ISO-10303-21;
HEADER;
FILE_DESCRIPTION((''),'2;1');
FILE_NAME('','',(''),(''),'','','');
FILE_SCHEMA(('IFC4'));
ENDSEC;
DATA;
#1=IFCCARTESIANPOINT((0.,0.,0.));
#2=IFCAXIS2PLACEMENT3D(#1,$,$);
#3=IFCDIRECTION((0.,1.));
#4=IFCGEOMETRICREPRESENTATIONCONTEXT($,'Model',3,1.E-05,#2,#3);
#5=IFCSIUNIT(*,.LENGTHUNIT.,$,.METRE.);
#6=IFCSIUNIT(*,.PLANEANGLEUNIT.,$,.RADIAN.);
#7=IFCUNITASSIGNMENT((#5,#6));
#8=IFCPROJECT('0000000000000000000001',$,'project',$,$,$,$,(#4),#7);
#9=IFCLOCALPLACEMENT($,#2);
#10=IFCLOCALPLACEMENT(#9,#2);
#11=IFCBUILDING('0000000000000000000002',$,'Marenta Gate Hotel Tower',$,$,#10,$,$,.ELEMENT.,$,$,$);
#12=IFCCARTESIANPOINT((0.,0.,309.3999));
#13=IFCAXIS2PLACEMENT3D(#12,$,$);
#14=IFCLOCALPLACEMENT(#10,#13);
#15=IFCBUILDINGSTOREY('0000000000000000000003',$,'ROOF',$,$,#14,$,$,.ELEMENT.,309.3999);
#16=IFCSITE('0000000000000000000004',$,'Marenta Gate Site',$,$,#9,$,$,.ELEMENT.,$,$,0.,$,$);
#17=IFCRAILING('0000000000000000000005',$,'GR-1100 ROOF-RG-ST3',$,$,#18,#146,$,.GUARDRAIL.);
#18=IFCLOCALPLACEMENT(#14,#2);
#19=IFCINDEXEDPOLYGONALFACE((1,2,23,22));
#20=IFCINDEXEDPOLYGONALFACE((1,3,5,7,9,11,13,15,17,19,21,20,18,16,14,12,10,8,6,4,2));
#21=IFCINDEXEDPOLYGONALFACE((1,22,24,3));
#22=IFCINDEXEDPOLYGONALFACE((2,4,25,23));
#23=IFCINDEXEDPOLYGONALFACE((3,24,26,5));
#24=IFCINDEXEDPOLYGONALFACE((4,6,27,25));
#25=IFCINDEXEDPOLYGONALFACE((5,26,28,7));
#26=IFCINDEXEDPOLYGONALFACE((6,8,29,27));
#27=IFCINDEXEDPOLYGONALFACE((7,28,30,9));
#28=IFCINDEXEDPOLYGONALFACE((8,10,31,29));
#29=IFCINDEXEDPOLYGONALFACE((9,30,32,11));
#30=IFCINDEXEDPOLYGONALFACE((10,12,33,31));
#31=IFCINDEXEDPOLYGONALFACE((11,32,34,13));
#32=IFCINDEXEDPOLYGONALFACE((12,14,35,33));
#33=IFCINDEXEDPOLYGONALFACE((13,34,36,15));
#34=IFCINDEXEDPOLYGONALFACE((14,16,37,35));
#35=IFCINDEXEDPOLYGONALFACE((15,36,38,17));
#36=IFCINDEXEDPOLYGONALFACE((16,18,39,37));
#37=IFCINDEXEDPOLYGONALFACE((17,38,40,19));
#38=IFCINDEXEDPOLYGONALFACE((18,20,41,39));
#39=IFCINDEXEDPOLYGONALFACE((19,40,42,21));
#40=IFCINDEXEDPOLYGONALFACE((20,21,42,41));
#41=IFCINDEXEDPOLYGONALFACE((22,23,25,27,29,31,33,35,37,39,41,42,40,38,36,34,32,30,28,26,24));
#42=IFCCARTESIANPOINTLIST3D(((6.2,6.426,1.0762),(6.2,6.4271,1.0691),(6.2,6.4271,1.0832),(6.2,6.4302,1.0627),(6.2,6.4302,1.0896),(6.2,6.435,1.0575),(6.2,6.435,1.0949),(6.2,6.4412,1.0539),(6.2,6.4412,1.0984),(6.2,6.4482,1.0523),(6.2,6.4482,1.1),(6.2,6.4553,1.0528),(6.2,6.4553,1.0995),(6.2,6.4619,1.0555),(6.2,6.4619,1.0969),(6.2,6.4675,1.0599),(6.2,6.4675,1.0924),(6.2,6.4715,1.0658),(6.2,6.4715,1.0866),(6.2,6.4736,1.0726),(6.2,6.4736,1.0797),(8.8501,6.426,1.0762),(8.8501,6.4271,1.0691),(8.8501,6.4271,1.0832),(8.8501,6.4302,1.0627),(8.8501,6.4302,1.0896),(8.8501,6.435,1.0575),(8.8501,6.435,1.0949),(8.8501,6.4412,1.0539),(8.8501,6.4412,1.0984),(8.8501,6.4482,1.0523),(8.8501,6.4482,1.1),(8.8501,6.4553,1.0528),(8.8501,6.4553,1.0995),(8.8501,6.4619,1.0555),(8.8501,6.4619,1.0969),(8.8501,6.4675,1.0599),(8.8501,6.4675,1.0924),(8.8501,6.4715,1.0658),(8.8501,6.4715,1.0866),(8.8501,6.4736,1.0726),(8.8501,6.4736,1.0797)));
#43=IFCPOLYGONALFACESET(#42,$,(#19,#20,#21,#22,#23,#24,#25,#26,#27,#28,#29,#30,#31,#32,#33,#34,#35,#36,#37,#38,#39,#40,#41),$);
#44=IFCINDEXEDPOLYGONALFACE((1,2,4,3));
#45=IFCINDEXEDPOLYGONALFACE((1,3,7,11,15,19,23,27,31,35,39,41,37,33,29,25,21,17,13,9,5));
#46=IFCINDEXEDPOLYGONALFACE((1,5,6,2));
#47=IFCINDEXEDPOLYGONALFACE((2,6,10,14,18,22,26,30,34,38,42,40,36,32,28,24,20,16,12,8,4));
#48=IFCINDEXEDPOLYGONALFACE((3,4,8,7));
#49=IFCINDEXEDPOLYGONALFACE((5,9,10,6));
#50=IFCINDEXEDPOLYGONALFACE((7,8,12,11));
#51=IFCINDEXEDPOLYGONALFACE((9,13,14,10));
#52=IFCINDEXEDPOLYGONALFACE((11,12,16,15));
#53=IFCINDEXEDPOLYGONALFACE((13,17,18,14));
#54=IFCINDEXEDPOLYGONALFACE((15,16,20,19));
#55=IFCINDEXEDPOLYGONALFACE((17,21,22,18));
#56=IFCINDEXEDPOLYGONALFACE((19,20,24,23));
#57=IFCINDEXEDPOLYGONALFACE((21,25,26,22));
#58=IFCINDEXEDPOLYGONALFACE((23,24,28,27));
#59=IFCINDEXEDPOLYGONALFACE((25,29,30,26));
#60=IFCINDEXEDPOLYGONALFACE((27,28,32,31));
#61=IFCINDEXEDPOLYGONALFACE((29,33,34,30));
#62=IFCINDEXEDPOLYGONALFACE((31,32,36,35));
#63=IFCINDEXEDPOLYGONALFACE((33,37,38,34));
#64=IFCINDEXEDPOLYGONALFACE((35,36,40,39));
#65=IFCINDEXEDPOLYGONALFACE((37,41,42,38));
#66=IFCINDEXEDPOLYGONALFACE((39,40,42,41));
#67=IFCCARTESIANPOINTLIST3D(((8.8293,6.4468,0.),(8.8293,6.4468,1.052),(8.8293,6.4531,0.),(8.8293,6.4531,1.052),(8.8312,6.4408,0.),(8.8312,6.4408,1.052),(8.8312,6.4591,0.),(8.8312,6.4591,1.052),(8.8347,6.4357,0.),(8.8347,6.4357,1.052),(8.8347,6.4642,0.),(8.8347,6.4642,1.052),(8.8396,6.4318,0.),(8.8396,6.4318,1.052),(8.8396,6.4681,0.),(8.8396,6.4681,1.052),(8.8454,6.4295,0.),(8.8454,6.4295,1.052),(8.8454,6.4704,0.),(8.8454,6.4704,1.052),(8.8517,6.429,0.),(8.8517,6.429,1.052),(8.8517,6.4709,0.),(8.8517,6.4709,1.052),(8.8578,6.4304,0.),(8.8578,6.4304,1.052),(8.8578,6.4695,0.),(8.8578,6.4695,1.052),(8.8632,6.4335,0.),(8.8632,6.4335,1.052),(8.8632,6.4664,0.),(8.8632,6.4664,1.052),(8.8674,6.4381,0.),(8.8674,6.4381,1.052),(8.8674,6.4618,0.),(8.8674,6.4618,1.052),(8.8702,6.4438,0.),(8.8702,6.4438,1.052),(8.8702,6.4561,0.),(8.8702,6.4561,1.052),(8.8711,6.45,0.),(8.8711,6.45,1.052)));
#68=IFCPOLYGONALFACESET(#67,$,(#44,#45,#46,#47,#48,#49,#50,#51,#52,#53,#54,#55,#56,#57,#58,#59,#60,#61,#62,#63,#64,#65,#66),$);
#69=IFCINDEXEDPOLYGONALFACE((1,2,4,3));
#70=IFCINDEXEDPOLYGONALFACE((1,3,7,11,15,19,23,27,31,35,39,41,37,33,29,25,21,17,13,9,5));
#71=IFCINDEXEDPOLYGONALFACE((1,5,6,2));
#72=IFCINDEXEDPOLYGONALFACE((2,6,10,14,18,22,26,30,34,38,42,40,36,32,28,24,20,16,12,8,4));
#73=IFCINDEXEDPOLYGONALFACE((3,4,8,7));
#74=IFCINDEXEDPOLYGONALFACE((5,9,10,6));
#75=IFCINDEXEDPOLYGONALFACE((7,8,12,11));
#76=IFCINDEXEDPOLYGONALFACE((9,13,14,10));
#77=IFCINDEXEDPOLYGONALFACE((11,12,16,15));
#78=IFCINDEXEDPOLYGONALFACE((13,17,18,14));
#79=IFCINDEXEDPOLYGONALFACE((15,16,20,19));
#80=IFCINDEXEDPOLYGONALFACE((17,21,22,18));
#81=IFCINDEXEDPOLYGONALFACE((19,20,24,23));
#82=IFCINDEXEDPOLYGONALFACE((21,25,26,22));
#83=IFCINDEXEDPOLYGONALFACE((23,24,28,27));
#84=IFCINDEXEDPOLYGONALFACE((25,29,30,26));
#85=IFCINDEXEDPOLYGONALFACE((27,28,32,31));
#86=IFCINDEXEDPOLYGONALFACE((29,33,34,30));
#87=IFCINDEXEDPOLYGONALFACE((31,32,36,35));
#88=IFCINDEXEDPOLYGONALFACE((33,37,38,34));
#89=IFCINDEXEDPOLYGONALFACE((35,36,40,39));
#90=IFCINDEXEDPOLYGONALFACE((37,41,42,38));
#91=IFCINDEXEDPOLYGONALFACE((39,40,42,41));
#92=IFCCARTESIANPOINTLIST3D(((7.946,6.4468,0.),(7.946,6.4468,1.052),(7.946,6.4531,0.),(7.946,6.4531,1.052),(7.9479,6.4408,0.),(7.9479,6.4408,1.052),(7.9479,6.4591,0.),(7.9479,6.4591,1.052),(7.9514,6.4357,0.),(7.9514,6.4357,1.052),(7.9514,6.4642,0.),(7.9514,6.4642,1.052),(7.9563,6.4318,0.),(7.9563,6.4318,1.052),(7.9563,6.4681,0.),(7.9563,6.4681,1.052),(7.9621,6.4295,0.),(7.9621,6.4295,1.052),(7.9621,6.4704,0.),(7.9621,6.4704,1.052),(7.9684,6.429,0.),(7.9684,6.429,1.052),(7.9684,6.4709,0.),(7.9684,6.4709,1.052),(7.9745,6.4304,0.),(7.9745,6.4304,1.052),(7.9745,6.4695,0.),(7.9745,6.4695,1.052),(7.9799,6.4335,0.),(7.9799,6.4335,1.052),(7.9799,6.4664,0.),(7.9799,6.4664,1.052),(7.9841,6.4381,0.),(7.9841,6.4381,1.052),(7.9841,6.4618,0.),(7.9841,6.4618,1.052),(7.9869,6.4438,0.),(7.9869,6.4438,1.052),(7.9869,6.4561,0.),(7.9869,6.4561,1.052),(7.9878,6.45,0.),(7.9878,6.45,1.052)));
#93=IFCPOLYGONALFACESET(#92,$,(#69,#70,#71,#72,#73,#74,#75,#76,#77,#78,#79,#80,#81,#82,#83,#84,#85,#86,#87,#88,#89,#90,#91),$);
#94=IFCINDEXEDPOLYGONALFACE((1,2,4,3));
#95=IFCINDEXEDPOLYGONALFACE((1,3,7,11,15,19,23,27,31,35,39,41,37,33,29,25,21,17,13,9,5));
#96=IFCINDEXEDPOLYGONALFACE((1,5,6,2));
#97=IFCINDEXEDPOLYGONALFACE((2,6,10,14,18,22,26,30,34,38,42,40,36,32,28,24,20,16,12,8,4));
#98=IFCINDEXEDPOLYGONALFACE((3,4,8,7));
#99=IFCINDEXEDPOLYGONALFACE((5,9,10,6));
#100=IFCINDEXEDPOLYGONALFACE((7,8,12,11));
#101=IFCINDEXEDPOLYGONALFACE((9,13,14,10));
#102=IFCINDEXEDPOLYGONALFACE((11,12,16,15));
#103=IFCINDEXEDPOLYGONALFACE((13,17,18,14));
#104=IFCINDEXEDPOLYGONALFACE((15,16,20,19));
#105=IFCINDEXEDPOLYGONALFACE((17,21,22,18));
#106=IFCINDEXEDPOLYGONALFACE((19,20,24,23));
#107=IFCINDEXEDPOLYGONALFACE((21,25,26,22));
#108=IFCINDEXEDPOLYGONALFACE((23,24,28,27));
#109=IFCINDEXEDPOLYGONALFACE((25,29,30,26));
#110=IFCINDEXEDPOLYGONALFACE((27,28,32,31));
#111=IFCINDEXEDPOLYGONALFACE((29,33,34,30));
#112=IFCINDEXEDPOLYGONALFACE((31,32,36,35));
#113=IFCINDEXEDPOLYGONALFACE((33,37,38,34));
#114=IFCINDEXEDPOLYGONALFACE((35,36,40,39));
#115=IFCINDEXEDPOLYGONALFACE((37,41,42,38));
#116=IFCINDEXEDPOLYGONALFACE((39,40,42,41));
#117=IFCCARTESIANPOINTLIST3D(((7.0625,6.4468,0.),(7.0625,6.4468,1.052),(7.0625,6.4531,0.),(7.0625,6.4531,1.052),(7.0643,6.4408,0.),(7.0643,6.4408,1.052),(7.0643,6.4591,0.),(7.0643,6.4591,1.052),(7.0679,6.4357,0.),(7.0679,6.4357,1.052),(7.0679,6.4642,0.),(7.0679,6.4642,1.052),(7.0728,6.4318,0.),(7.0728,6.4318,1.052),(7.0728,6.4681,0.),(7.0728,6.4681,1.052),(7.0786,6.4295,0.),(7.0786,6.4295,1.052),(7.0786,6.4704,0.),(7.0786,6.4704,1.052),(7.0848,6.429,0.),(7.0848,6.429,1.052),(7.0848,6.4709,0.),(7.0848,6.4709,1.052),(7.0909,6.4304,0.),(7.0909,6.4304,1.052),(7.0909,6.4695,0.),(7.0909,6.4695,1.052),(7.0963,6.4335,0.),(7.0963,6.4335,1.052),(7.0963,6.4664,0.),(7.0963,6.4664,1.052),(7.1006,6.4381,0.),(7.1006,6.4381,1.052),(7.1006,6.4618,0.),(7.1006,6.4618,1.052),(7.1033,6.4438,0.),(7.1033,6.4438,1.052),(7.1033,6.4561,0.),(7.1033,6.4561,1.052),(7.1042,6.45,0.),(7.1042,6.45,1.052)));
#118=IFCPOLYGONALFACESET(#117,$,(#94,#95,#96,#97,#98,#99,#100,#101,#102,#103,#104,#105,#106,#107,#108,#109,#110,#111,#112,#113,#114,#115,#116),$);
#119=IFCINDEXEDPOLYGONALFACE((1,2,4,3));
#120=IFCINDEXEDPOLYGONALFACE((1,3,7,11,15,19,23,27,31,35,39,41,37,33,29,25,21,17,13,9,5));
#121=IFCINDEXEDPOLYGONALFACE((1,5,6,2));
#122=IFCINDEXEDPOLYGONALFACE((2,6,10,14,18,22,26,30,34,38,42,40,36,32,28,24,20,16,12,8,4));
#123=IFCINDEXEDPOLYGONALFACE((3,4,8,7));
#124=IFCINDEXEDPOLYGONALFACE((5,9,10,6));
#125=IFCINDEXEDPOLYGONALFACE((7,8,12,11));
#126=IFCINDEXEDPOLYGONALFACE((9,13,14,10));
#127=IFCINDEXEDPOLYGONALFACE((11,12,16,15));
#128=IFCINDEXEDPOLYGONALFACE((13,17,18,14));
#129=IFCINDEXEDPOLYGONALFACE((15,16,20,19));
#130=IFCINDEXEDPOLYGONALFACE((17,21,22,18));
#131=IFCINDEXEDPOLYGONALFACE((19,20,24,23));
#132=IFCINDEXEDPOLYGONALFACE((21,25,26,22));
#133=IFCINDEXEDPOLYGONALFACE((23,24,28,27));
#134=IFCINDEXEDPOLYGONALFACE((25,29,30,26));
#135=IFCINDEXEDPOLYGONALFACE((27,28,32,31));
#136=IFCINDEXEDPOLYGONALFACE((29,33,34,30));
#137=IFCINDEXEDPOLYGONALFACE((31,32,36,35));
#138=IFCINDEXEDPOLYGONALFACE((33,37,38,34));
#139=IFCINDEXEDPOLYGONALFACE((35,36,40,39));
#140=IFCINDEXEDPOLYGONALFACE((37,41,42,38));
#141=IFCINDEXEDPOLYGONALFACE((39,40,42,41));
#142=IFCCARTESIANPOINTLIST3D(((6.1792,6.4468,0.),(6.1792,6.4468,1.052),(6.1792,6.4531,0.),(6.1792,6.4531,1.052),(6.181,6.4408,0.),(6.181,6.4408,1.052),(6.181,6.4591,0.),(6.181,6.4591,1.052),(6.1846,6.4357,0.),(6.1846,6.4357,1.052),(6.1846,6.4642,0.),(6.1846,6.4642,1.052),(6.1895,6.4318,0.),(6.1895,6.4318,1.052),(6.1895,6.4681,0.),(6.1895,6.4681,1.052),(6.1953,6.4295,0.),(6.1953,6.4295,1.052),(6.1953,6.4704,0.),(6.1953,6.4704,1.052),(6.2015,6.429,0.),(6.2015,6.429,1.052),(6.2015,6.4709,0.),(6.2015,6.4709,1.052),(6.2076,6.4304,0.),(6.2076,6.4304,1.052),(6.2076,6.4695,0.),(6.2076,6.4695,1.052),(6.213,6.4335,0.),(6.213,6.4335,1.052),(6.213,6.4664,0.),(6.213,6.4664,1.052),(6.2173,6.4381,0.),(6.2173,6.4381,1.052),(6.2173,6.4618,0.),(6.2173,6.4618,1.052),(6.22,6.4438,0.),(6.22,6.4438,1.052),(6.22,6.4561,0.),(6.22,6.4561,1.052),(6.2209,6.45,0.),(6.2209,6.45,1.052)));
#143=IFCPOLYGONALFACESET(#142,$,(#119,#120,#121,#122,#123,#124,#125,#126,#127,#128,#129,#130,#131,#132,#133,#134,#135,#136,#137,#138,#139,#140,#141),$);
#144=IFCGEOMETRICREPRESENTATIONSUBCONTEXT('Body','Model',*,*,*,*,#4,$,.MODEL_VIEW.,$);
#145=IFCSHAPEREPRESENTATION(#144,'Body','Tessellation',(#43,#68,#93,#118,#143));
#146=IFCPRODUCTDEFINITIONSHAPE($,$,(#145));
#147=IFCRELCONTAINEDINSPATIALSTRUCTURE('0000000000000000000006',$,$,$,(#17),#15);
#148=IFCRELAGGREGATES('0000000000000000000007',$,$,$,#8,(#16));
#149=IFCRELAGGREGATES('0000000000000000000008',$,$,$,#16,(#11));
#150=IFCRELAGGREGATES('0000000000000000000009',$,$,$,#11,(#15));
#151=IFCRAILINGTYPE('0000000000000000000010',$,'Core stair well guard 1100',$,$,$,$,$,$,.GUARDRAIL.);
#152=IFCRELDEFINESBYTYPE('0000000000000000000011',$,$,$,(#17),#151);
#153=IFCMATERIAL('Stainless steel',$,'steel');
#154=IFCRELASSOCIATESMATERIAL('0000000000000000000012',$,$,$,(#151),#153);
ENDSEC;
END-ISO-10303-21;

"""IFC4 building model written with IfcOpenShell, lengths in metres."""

from ifc_helpers import new_model, si_unit, direction, frame, origin, origin_2d, place, context, subcontext, project, spatial, circle, extrude, material, type_object, element, save


model = new_model("IFC4")

# Units and contexts
model_context = context("Model", 3, precision=1e-05, world=origin(), true_north=direction((0.0, 1.0)))
body_context = subcontext(model_context, "Body", "Model", "MODEL_VIEW")
ifc_project = project(units=[si_unit("LENGTHUNIT", "METRE"), si_unit("PLANEANGLEUNIT", "RADIAN")], contexts=[model_context])

# Site, building, storey
site_placement = place(None, origin())
site = spatial("IfcSite", under=ifc_project, at=site_placement, Name="Marenta Gate Site", CompositionType="ELEMENT", RefElevation=0.0)
building_placement = place(site_placement, origin())
building = spatial("IfcBuilding", under=site, at=building_placement, Name="Marenta Gate Hotel Tower", CompositionType="ELEMENT")
storey_placement = place(building_placement, frame((0.0, 0.0, 309.3999)))
storey = spatial("IfcBuildingStorey", under=building, at=storey_placement, Name="ROOF", CompositionType="ELEMENT", Elevation=309.3999)

# Railing
ifc_material_1 = material(Name="Stainless steel", Category="steel")
railing_type = type_object("IfcRailingType", Name="Core stair well guard 1100", PredefinedType="GUARDRAIL", material=ifc_material_1)
for number, where, name in (
    (1, (8.8501, 6.45, 0.0), "GR-1100 ROOF-RG-ST3"),
):
    element("IfcRailing", number, at=place(storey_placement, frame(where)), inside=storey, type_object=railing_type, Name=name, PredefinedType="GUARDRAIL", context=body_context, shape_type="SweptSolid", body=[
        extrude(circle(Radius=0.0239, at=origin_2d()), frame((0.0, 0.0, 1.0762), z_axis=(-1.0, 0.0, 0.0), x_axis=(0.0, -1.0, 0.0)), (0.0, 0.0, 1.0), 2.6501),
        extrude(circle(Radius=0.021, at=origin_2d()), origin(), (0.0, 0.0, 1.0), 1.052),
        extrude(circle(Radius=0.021, at=origin_2d()), frame((-0.8833, 0.0, 0.0)), (0.0, 0.0, 1.0), 1.052),
        extrude(circle(Radius=0.021, at=origin_2d()), frame((-1.7668, 0.0, 0.0)), (0.0, 0.0, 1.0), 1.052),
        extrude(circle(Radius=0.021, at=origin_2d()), frame((-2.6501, 0.0, 0.0)), (0.0, 0.0, 1.0), 1.052),
    ])

save(model, "model.ifc")
